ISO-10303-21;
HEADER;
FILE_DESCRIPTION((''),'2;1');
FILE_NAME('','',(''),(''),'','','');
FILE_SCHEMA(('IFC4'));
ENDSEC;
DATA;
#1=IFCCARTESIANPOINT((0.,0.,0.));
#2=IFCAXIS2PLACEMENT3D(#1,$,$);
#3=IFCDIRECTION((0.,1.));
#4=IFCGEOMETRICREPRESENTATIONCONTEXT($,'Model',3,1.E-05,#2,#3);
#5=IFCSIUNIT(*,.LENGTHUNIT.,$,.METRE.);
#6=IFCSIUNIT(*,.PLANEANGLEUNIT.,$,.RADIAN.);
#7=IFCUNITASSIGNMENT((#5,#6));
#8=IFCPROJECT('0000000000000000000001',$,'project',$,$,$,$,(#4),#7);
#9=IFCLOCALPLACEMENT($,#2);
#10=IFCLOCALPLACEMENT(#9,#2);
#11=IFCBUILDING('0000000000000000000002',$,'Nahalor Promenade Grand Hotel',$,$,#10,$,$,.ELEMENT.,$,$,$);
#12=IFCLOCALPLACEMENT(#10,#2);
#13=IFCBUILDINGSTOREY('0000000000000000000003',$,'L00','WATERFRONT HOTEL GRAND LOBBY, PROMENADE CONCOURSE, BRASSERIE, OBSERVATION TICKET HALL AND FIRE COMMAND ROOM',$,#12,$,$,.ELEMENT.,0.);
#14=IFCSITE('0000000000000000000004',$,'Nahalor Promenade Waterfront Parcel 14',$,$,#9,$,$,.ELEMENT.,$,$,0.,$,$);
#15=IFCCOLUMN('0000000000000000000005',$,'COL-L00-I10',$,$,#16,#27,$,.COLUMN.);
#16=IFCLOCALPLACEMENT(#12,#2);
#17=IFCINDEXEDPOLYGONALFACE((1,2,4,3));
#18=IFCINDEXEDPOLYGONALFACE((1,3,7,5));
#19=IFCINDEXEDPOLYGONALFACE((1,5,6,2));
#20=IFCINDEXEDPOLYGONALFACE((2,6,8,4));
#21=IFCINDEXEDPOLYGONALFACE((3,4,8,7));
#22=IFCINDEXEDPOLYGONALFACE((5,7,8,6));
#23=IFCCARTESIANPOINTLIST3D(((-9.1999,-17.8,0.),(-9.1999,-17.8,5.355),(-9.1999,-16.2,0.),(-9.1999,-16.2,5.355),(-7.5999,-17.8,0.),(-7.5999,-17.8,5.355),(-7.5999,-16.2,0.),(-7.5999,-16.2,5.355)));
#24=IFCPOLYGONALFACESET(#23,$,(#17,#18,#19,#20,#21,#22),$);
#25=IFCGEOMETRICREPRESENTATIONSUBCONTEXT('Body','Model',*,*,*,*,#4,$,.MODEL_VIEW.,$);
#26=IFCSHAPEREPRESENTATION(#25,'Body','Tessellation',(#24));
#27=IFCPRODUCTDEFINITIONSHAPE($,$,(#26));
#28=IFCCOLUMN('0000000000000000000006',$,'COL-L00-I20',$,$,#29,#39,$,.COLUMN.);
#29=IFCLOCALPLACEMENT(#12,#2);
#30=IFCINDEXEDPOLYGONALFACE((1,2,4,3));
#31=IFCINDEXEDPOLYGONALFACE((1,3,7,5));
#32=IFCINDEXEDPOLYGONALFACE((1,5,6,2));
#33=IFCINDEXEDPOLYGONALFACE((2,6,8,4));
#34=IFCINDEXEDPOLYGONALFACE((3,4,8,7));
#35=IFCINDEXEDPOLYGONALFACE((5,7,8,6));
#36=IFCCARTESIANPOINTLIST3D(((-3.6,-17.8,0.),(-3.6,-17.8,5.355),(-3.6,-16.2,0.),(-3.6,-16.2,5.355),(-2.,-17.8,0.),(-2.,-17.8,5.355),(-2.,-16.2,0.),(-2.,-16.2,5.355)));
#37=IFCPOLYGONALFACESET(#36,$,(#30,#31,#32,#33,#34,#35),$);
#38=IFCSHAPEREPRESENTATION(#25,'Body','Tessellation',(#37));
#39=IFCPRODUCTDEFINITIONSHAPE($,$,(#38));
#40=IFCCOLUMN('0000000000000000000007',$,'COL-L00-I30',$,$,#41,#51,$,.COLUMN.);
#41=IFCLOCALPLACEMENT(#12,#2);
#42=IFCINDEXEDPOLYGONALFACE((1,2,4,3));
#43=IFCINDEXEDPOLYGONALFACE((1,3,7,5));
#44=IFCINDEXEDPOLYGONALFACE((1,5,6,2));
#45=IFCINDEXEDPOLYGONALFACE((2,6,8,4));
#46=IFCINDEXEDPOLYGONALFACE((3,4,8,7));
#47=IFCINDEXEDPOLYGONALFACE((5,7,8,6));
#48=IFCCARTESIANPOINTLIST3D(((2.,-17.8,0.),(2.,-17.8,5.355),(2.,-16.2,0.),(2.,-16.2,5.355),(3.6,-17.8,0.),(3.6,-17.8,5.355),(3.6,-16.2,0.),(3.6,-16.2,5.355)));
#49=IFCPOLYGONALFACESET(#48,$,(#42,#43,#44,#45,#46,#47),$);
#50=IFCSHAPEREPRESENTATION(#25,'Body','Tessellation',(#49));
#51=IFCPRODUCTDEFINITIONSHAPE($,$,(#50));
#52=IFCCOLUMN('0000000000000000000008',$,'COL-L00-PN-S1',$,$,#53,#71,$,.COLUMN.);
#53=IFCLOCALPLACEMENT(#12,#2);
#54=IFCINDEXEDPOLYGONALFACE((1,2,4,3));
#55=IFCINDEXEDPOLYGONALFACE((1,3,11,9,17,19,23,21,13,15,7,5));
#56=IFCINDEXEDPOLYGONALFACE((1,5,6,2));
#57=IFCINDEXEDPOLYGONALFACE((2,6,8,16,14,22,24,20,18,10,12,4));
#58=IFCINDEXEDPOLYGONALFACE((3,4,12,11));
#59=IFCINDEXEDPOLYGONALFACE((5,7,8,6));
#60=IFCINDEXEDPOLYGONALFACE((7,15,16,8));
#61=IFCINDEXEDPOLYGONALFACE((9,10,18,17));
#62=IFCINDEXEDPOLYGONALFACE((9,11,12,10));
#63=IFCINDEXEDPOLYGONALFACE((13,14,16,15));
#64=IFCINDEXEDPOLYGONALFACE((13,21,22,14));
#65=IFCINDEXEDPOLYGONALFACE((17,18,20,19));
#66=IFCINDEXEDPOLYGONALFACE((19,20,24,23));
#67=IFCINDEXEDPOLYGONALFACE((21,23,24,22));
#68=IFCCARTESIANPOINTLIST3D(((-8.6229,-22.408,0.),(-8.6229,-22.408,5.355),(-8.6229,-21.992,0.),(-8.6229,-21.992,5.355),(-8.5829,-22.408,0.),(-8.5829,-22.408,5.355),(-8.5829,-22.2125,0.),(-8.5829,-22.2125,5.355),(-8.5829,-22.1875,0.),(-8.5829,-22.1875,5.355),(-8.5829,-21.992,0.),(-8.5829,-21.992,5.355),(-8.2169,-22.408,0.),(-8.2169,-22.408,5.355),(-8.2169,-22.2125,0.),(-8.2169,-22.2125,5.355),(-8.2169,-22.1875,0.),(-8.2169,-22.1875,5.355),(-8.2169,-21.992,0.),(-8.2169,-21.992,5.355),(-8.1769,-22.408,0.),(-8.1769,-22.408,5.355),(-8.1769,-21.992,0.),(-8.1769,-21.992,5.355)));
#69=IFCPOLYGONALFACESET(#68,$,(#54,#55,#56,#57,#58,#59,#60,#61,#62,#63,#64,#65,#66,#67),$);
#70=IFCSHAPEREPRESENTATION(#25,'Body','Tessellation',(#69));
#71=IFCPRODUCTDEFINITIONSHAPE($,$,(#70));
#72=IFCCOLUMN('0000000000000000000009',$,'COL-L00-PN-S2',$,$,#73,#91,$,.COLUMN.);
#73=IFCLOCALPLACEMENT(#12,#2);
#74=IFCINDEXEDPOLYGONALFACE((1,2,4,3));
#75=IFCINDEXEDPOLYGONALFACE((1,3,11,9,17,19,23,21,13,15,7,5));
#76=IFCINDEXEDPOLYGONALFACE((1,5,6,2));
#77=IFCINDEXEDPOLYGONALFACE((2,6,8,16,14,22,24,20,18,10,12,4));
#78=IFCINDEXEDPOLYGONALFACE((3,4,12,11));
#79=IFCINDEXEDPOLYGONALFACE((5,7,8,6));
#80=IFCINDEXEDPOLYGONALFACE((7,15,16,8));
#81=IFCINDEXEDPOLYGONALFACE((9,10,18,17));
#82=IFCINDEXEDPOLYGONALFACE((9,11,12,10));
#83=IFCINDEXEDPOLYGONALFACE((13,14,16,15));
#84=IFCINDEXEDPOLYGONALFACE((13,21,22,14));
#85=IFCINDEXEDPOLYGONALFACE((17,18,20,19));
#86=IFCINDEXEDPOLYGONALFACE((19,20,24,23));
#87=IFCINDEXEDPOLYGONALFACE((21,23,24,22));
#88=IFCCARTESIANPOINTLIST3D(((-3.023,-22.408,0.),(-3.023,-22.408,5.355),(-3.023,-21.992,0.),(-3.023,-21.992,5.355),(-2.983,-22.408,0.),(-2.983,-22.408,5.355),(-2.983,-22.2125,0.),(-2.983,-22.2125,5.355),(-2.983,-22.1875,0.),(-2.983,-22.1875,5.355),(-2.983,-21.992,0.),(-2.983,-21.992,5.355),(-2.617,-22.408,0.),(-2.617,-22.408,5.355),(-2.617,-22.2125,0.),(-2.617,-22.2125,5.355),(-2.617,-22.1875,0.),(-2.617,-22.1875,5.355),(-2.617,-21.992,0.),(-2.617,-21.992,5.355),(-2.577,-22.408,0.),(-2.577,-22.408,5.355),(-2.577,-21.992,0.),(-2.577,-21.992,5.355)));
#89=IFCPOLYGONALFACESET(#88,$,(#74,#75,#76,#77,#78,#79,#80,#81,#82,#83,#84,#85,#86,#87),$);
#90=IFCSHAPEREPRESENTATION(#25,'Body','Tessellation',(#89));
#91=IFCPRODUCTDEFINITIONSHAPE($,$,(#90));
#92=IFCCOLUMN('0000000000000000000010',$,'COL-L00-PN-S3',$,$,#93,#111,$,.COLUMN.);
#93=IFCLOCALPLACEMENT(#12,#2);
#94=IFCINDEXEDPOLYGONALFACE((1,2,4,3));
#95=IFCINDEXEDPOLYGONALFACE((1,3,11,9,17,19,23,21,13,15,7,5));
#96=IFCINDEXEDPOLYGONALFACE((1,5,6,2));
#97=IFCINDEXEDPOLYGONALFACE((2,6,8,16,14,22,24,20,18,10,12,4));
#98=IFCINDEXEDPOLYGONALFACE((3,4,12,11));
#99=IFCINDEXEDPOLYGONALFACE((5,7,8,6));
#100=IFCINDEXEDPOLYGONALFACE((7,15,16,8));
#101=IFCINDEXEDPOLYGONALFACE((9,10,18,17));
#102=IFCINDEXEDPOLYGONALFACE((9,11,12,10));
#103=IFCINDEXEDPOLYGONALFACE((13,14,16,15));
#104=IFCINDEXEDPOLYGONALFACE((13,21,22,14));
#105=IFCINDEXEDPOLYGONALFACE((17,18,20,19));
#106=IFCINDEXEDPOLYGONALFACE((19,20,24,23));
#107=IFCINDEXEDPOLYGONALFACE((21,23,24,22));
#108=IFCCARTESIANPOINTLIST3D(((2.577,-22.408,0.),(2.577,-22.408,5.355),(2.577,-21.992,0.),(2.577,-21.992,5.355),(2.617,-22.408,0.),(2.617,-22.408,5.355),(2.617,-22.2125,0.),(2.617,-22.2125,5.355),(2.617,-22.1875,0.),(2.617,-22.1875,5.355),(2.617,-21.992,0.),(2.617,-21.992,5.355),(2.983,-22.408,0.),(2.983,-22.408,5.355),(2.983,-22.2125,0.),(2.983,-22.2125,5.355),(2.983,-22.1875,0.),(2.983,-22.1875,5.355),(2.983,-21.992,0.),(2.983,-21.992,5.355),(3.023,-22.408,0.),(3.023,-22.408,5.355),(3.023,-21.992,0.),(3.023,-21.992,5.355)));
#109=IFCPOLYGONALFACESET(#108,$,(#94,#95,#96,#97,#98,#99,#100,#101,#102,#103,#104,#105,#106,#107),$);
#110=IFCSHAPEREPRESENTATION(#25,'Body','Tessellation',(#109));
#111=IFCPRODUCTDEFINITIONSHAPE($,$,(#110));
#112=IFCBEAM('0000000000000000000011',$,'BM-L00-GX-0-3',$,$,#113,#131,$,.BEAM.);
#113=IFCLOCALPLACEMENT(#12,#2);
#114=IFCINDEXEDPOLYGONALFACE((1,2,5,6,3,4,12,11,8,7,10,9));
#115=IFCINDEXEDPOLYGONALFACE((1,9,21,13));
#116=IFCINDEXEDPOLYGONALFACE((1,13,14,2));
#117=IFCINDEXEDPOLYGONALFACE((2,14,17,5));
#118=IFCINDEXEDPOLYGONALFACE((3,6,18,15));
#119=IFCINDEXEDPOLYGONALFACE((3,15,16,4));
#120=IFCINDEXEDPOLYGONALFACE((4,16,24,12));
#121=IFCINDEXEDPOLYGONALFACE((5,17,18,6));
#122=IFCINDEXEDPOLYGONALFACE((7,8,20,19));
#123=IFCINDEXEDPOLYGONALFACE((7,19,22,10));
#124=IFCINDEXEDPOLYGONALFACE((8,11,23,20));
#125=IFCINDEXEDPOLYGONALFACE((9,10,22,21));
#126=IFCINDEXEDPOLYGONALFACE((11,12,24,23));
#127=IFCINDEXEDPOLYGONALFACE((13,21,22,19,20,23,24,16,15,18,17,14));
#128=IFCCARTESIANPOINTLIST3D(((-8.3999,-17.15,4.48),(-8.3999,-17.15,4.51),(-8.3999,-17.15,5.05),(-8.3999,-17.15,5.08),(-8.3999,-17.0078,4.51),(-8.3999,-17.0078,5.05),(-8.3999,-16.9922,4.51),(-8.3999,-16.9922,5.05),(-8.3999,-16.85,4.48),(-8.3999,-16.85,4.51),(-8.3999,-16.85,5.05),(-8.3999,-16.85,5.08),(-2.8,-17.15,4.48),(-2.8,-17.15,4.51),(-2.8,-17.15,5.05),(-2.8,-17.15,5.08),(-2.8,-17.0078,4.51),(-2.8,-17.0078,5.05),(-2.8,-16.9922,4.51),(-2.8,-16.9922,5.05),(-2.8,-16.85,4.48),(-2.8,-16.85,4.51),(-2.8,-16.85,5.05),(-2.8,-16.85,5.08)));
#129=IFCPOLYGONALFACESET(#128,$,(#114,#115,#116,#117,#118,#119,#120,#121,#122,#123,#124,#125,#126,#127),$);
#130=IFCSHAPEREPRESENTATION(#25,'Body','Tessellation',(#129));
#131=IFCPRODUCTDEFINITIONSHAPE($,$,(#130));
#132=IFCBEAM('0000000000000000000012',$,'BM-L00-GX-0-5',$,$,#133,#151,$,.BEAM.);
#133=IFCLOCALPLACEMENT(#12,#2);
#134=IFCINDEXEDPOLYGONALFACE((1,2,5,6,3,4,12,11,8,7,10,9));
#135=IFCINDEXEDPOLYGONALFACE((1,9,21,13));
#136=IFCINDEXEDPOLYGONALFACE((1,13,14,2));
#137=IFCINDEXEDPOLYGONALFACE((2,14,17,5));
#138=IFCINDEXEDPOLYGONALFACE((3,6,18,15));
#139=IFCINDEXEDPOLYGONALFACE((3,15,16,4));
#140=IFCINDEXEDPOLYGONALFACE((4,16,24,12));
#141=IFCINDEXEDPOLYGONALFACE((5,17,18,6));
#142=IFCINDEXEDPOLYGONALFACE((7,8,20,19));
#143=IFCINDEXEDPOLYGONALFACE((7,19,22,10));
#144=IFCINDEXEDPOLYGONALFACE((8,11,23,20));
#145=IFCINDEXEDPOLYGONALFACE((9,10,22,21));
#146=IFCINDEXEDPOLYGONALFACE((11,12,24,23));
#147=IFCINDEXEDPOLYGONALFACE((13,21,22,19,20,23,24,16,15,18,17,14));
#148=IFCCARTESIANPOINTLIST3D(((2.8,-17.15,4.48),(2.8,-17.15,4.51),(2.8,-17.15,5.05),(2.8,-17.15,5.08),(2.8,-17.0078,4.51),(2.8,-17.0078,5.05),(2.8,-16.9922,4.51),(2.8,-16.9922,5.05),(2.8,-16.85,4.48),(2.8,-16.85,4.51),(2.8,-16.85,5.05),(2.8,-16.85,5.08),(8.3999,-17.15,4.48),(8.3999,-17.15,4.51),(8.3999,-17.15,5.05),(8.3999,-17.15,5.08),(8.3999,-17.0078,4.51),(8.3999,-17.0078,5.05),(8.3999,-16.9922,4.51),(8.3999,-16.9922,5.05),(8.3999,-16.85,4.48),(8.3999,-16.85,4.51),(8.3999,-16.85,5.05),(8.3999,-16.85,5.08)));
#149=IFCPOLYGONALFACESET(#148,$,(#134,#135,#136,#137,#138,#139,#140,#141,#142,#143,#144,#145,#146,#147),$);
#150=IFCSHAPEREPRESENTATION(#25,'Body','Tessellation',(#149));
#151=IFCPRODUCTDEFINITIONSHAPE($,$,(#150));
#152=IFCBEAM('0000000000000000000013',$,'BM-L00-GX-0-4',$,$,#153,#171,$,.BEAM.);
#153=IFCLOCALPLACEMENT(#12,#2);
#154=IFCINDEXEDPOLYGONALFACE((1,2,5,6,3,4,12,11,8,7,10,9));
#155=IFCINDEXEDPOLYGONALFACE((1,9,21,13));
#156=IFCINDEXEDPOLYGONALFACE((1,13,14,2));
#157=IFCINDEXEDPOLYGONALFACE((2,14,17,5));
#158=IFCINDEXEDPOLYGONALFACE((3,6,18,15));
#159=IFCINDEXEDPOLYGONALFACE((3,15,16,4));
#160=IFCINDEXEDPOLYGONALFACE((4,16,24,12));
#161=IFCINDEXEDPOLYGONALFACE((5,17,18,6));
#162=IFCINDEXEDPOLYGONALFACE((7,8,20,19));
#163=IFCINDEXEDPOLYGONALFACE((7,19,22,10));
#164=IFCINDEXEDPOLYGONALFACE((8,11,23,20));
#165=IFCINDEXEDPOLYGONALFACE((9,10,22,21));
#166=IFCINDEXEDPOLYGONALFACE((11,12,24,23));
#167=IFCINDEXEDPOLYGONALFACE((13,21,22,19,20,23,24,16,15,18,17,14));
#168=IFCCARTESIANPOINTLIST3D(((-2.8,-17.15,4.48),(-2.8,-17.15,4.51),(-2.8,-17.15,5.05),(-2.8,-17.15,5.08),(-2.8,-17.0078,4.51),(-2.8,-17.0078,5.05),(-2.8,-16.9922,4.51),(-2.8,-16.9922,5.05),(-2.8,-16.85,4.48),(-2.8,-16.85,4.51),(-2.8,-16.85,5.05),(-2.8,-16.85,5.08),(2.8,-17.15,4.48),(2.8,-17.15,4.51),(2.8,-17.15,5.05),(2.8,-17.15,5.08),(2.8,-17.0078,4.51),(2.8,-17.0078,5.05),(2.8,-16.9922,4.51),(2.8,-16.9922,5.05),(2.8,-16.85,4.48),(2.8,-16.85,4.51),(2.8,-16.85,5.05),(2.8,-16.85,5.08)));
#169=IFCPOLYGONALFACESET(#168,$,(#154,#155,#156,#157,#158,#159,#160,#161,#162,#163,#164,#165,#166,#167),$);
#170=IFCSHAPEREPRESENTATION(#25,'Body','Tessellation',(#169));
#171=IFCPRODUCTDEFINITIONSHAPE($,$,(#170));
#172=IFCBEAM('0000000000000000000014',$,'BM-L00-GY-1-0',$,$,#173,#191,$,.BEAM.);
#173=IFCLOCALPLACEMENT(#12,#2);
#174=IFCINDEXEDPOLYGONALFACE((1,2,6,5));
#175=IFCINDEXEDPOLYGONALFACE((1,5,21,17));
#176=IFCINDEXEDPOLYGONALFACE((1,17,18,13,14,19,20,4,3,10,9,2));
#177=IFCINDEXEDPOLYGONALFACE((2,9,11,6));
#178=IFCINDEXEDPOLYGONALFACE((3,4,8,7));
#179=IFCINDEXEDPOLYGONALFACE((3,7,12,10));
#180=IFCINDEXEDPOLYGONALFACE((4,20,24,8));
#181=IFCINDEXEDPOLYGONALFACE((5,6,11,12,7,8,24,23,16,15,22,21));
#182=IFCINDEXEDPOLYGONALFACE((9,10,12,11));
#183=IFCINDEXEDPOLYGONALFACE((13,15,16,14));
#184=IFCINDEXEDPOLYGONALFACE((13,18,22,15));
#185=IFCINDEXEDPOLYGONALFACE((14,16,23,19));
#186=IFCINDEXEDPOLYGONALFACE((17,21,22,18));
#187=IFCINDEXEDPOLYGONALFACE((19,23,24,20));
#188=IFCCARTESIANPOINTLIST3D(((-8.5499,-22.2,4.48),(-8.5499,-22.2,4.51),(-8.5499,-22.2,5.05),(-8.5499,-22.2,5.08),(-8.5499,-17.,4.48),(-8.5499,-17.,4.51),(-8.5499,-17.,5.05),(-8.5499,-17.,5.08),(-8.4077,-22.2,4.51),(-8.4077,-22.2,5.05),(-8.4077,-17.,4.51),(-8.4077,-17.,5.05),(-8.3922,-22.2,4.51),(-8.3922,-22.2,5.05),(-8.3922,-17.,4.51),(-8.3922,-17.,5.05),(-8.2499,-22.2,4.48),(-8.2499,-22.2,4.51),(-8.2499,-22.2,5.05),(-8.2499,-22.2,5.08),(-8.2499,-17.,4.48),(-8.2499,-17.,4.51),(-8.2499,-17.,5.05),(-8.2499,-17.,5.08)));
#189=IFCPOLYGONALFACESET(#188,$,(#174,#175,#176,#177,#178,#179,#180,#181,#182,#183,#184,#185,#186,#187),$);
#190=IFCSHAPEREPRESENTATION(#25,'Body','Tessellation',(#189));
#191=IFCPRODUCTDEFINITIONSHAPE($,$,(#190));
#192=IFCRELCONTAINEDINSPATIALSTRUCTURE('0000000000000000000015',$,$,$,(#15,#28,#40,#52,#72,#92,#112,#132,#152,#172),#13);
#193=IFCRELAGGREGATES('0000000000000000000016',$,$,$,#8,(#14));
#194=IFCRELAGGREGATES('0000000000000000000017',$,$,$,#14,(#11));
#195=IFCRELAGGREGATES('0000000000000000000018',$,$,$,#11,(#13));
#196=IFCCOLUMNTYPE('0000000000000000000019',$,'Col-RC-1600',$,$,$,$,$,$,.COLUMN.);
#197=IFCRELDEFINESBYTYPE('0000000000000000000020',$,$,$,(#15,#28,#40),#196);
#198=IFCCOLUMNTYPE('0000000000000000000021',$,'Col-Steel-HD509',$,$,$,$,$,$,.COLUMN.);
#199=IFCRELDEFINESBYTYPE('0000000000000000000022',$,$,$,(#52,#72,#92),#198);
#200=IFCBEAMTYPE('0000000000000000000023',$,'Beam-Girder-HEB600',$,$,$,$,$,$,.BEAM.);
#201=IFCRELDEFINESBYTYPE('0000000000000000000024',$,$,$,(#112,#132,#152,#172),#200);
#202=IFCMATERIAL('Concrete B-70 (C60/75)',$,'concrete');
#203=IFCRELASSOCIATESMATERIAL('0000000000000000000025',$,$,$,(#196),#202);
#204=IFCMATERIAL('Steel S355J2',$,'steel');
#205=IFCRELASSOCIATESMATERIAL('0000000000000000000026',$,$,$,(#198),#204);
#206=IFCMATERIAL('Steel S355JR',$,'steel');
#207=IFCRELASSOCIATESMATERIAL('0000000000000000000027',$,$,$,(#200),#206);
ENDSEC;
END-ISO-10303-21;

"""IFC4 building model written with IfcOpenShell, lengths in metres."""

from ifc_helpers import new_model, si_unit, direction, frame, origin, origin_2d, place, context, subcontext, project, spatial, rectangle, i_section, extrude, source, transform, mapped, material, material_profile, profile_set, type_object, element, save


model = new_model("IFC4")

# Units and contexts
model_context = context("Model", 3, precision=1e-05, world=origin(), true_north=direction((0.0, 1.0)))
body_context = subcontext(model_context, "Body", "Model", "MODEL_VIEW")
ifc_project = project(units=[si_unit("LENGTHUNIT", "METRE"), si_unit("PLANEANGLEUNIT", "RADIAN")], contexts=[model_context])

# Site, building, storey
site_placement = place(None, origin())
site = spatial("IfcSite", under=ifc_project, at=site_placement, Name="Nahalor Promenade Waterfront Parcel 14", CompositionType="ELEMENT", RefElevation=0.0)
building_placement = place(site_placement, origin())
building = spatial("IfcBuilding", under=site, at=building_placement, Name="Nahalor Promenade Grand Hotel", CompositionType="ELEMENT")
storey_placement = place(building_placement, origin())
storey = spatial("IfcBuildingStorey", under=building, at=storey_placement, Name="L00", Description="WATERFRONT HOTEL GRAND LOBBY, PROMENADE CONCOURSE, BRASSERIE, OBSERVATION TICKET HALL AND FIRE COMMAND ROOM", CompositionType="ELEMENT", Elevation=0.0)

# Columns
ifc_material_1 = material(Name="Concrete B-70 (C60/75)", Category="concrete")
ifc_material_profile_1 = material_profile(ifc_material_1, rectangle(XDim=1.6, YDim=1.6, at=origin_2d()), Name="RC 1600x1600")
ifc_profile_set_1 = profile_set([ifc_material_profile_1], Name="Concrete B-70 (C60/75)")
column_type_1 = type_object("IfcColumnType", Name="Col-RC-1600", PredefinedType="COLUMN", material=ifc_profile_set_1)
shared_shape_1 = source(origin(), body_context, "Body", "SweptSolid", [
    extrude(rectangle(XDim=1.6, YDim=1.6, at=origin_2d()), origin(), (0.0, 0.0, 1.0), 5.355),
])
for number, where, z_axis, x_axis, name in (
    (1, (-8.3999, -17.0, 0.0), (0.0, 0.0, 1.0), (1.0, 0.0, 0.0), "COL-L00-I10"),
    (2, (-2.8, -17.0, 0.0), (0.0, 0.0, 1.0), (1.0, 0.0, 0.0), "COL-L00-I20"),
    (3, (2.8, -17.0, 0.0), (0.0, 0.0, 1.0), (1.0, 0.0, 0.0), "COL-L00-I30"),
):
    element("IfcColumn", number, at=place(storey_placement, frame(where, z_axis=z_axis, x_axis=x_axis)), inside=storey, type_object=column_type_1, Name=name, PredefinedType="COLUMN", context=body_context, shape_type="MappedRepresentation", body=[
        mapped(shared_shape_1, transform((0.0, 0.0, 0.0), scale=1.0)),
    ])
ifc_material_2 = material(Name="Steel S355J2", Category="steel")
ifc_material_profile_2 = material_profile(ifc_material_2, i_section(OverallWidth=0.416, OverallDepth=0.446, WebThickness=0.025, FlangeThickness=0.04, at=origin_2d()), Name="HD 400x509")
ifc_profile_set_2 = profile_set([ifc_material_profile_2], Name="Steel S355J2")
column_type_2 = type_object("IfcColumnType", Name="Col-Steel-HD509", PredefinedType="COLUMN", material=ifc_profile_set_2)
shared_shape_2 = source(origin(), body_context, "Body", "SweptSolid", [
    extrude(i_section(OverallWidth=0.416, OverallDepth=0.446, WebThickness=0.025, FlangeThickness=0.04, at=origin_2d()), origin(), (0.0, 0.0, 1.0), 5.355),
])
for number, where, z_axis, x_axis, name in (
    (4, (-8.3999, -22.2, 0.0), (0.0, 0.0, 1.0), (0.0, 1.0, 0.0), "COL-L00-PN-S1"),
    (5, (-2.8, -22.2, 0.0), (0.0, 0.0, 1.0), (0.0, 1.0, 0.0), "COL-L00-PN-S2"),
    (6, (2.8, -22.2, 0.0), (0.0, 0.0, 1.0), (0.0, 1.0, 0.0), "COL-L00-PN-S3"),
):
    element("IfcColumn", number, at=place(storey_placement, frame(where, z_axis=z_axis, x_axis=x_axis)), inside=storey, type_object=column_type_2, Name=name, PredefinedType="COLUMN", context=body_context, shape_type="MappedRepresentation", body=[
        mapped(shared_shape_2, transform((0.0, 0.0, 0.0), scale=1.0)),
    ])

# Beams
ifc_material_3 = material(Name="Steel S355JR", Category="steel")
ifc_material_profile_3 = material_profile(ifc_material_3, i_section(OverallWidth=0.3, OverallDepth=0.6, WebThickness=0.0155, FlangeThickness=0.03, at=origin_2d()), Name="HEB 600")
ifc_profile_set_3 = profile_set([ifc_material_profile_3], Name="Steel S355JR")
beam_type_1 = type_object("IfcBeamType", Name="Beam-Girder-HEB600", PredefinedType="BEAM", material=ifc_profile_set_3)
shared_shape_3 = source(origin(), body_context, "Body", "SweptSolid", [
    extrude(i_section(OverallWidth=0.3, OverallDepth=0.6, WebThickness=0.0155, FlangeThickness=0.03, at=origin_2d()), origin(), (0.0, 0.0, 1.0), 5.5999),
])
for number, where, z_axis, x_axis, name in (
    (7, (-8.3999, -17.0, 4.78), (1.0, 0.0, 0.0), (0.0, 1.0, 0.0), "BM-L00-GX-0-3"),
    (8, (2.8, -17.0, 4.78), (1.0, 0.0, 0.0), (0.0, 1.0, 0.0), "BM-L00-GX-0-5"),
):
    element("IfcBeam", number, at=place(storey_placement, frame(where, z_axis=z_axis, x_axis=x_axis)), inside=storey, type_object=beam_type_1, Name=name, PredefinedType="BEAM", context=body_context, shape_type="MappedRepresentation", body=[
        mapped(shared_shape_3, transform((0.0, 0.0, 0.0), scale=1.0)),
    ])
shared_shape_4 = source(origin(), body_context, "Body", "SweptSolid", [
    extrude(i_section(OverallWidth=0.3, OverallDepth=0.6, WebThickness=0.0155, FlangeThickness=0.03, at=origin_2d()), origin(), (0.0, 0.0, 1.0), 5.6001),
])
beam_1_placement = place(storey_placement, frame((-2.8, -17.0, 4.78), z_axis=(1.0, 0.0, 0.0), x_axis=(0.0, 1.0, 0.0)))
element("IfcBeam", 9, at=beam_1_placement, inside=storey, type_object=beam_type_1, Name="BM-L00-GX-0-4", PredefinedType="BEAM", context=body_context, shape_type="MappedRepresentation", body=[
    mapped(shared_shape_4, transform((0.0, 0.0, 0.0), scale=1.0)),
])
shared_shape_5 = source(origin(), body_context, "Body", "SweptSolid", [
    extrude(i_section(OverallWidth=0.3, OverallDepth=0.6, WebThickness=0.0155, FlangeThickness=0.03, at=origin_2d()), origin(), (0.0, 0.0, 1.0), 5.2),
])
for number, where, z_axis, x_axis, name in (
    (10, (-8.3999, -22.2, 4.78), (0.0, 1.0, 0.0), (-1.0, 0.0, 0.0), "BM-L00-GY-1-0"),
):
    element("IfcBeam", number, at=place(storey_placement, frame(where, z_axis=z_axis, x_axis=x_axis)), inside=storey, type_object=beam_type_1, Name=name, PredefinedType="BEAM", context=body_context, shape_type="MappedRepresentation", body=[
        mapped(shared_shape_5, transform((0.0, 0.0, 0.0), scale=1.0)),
    ])

save(model, "model.ifc")
